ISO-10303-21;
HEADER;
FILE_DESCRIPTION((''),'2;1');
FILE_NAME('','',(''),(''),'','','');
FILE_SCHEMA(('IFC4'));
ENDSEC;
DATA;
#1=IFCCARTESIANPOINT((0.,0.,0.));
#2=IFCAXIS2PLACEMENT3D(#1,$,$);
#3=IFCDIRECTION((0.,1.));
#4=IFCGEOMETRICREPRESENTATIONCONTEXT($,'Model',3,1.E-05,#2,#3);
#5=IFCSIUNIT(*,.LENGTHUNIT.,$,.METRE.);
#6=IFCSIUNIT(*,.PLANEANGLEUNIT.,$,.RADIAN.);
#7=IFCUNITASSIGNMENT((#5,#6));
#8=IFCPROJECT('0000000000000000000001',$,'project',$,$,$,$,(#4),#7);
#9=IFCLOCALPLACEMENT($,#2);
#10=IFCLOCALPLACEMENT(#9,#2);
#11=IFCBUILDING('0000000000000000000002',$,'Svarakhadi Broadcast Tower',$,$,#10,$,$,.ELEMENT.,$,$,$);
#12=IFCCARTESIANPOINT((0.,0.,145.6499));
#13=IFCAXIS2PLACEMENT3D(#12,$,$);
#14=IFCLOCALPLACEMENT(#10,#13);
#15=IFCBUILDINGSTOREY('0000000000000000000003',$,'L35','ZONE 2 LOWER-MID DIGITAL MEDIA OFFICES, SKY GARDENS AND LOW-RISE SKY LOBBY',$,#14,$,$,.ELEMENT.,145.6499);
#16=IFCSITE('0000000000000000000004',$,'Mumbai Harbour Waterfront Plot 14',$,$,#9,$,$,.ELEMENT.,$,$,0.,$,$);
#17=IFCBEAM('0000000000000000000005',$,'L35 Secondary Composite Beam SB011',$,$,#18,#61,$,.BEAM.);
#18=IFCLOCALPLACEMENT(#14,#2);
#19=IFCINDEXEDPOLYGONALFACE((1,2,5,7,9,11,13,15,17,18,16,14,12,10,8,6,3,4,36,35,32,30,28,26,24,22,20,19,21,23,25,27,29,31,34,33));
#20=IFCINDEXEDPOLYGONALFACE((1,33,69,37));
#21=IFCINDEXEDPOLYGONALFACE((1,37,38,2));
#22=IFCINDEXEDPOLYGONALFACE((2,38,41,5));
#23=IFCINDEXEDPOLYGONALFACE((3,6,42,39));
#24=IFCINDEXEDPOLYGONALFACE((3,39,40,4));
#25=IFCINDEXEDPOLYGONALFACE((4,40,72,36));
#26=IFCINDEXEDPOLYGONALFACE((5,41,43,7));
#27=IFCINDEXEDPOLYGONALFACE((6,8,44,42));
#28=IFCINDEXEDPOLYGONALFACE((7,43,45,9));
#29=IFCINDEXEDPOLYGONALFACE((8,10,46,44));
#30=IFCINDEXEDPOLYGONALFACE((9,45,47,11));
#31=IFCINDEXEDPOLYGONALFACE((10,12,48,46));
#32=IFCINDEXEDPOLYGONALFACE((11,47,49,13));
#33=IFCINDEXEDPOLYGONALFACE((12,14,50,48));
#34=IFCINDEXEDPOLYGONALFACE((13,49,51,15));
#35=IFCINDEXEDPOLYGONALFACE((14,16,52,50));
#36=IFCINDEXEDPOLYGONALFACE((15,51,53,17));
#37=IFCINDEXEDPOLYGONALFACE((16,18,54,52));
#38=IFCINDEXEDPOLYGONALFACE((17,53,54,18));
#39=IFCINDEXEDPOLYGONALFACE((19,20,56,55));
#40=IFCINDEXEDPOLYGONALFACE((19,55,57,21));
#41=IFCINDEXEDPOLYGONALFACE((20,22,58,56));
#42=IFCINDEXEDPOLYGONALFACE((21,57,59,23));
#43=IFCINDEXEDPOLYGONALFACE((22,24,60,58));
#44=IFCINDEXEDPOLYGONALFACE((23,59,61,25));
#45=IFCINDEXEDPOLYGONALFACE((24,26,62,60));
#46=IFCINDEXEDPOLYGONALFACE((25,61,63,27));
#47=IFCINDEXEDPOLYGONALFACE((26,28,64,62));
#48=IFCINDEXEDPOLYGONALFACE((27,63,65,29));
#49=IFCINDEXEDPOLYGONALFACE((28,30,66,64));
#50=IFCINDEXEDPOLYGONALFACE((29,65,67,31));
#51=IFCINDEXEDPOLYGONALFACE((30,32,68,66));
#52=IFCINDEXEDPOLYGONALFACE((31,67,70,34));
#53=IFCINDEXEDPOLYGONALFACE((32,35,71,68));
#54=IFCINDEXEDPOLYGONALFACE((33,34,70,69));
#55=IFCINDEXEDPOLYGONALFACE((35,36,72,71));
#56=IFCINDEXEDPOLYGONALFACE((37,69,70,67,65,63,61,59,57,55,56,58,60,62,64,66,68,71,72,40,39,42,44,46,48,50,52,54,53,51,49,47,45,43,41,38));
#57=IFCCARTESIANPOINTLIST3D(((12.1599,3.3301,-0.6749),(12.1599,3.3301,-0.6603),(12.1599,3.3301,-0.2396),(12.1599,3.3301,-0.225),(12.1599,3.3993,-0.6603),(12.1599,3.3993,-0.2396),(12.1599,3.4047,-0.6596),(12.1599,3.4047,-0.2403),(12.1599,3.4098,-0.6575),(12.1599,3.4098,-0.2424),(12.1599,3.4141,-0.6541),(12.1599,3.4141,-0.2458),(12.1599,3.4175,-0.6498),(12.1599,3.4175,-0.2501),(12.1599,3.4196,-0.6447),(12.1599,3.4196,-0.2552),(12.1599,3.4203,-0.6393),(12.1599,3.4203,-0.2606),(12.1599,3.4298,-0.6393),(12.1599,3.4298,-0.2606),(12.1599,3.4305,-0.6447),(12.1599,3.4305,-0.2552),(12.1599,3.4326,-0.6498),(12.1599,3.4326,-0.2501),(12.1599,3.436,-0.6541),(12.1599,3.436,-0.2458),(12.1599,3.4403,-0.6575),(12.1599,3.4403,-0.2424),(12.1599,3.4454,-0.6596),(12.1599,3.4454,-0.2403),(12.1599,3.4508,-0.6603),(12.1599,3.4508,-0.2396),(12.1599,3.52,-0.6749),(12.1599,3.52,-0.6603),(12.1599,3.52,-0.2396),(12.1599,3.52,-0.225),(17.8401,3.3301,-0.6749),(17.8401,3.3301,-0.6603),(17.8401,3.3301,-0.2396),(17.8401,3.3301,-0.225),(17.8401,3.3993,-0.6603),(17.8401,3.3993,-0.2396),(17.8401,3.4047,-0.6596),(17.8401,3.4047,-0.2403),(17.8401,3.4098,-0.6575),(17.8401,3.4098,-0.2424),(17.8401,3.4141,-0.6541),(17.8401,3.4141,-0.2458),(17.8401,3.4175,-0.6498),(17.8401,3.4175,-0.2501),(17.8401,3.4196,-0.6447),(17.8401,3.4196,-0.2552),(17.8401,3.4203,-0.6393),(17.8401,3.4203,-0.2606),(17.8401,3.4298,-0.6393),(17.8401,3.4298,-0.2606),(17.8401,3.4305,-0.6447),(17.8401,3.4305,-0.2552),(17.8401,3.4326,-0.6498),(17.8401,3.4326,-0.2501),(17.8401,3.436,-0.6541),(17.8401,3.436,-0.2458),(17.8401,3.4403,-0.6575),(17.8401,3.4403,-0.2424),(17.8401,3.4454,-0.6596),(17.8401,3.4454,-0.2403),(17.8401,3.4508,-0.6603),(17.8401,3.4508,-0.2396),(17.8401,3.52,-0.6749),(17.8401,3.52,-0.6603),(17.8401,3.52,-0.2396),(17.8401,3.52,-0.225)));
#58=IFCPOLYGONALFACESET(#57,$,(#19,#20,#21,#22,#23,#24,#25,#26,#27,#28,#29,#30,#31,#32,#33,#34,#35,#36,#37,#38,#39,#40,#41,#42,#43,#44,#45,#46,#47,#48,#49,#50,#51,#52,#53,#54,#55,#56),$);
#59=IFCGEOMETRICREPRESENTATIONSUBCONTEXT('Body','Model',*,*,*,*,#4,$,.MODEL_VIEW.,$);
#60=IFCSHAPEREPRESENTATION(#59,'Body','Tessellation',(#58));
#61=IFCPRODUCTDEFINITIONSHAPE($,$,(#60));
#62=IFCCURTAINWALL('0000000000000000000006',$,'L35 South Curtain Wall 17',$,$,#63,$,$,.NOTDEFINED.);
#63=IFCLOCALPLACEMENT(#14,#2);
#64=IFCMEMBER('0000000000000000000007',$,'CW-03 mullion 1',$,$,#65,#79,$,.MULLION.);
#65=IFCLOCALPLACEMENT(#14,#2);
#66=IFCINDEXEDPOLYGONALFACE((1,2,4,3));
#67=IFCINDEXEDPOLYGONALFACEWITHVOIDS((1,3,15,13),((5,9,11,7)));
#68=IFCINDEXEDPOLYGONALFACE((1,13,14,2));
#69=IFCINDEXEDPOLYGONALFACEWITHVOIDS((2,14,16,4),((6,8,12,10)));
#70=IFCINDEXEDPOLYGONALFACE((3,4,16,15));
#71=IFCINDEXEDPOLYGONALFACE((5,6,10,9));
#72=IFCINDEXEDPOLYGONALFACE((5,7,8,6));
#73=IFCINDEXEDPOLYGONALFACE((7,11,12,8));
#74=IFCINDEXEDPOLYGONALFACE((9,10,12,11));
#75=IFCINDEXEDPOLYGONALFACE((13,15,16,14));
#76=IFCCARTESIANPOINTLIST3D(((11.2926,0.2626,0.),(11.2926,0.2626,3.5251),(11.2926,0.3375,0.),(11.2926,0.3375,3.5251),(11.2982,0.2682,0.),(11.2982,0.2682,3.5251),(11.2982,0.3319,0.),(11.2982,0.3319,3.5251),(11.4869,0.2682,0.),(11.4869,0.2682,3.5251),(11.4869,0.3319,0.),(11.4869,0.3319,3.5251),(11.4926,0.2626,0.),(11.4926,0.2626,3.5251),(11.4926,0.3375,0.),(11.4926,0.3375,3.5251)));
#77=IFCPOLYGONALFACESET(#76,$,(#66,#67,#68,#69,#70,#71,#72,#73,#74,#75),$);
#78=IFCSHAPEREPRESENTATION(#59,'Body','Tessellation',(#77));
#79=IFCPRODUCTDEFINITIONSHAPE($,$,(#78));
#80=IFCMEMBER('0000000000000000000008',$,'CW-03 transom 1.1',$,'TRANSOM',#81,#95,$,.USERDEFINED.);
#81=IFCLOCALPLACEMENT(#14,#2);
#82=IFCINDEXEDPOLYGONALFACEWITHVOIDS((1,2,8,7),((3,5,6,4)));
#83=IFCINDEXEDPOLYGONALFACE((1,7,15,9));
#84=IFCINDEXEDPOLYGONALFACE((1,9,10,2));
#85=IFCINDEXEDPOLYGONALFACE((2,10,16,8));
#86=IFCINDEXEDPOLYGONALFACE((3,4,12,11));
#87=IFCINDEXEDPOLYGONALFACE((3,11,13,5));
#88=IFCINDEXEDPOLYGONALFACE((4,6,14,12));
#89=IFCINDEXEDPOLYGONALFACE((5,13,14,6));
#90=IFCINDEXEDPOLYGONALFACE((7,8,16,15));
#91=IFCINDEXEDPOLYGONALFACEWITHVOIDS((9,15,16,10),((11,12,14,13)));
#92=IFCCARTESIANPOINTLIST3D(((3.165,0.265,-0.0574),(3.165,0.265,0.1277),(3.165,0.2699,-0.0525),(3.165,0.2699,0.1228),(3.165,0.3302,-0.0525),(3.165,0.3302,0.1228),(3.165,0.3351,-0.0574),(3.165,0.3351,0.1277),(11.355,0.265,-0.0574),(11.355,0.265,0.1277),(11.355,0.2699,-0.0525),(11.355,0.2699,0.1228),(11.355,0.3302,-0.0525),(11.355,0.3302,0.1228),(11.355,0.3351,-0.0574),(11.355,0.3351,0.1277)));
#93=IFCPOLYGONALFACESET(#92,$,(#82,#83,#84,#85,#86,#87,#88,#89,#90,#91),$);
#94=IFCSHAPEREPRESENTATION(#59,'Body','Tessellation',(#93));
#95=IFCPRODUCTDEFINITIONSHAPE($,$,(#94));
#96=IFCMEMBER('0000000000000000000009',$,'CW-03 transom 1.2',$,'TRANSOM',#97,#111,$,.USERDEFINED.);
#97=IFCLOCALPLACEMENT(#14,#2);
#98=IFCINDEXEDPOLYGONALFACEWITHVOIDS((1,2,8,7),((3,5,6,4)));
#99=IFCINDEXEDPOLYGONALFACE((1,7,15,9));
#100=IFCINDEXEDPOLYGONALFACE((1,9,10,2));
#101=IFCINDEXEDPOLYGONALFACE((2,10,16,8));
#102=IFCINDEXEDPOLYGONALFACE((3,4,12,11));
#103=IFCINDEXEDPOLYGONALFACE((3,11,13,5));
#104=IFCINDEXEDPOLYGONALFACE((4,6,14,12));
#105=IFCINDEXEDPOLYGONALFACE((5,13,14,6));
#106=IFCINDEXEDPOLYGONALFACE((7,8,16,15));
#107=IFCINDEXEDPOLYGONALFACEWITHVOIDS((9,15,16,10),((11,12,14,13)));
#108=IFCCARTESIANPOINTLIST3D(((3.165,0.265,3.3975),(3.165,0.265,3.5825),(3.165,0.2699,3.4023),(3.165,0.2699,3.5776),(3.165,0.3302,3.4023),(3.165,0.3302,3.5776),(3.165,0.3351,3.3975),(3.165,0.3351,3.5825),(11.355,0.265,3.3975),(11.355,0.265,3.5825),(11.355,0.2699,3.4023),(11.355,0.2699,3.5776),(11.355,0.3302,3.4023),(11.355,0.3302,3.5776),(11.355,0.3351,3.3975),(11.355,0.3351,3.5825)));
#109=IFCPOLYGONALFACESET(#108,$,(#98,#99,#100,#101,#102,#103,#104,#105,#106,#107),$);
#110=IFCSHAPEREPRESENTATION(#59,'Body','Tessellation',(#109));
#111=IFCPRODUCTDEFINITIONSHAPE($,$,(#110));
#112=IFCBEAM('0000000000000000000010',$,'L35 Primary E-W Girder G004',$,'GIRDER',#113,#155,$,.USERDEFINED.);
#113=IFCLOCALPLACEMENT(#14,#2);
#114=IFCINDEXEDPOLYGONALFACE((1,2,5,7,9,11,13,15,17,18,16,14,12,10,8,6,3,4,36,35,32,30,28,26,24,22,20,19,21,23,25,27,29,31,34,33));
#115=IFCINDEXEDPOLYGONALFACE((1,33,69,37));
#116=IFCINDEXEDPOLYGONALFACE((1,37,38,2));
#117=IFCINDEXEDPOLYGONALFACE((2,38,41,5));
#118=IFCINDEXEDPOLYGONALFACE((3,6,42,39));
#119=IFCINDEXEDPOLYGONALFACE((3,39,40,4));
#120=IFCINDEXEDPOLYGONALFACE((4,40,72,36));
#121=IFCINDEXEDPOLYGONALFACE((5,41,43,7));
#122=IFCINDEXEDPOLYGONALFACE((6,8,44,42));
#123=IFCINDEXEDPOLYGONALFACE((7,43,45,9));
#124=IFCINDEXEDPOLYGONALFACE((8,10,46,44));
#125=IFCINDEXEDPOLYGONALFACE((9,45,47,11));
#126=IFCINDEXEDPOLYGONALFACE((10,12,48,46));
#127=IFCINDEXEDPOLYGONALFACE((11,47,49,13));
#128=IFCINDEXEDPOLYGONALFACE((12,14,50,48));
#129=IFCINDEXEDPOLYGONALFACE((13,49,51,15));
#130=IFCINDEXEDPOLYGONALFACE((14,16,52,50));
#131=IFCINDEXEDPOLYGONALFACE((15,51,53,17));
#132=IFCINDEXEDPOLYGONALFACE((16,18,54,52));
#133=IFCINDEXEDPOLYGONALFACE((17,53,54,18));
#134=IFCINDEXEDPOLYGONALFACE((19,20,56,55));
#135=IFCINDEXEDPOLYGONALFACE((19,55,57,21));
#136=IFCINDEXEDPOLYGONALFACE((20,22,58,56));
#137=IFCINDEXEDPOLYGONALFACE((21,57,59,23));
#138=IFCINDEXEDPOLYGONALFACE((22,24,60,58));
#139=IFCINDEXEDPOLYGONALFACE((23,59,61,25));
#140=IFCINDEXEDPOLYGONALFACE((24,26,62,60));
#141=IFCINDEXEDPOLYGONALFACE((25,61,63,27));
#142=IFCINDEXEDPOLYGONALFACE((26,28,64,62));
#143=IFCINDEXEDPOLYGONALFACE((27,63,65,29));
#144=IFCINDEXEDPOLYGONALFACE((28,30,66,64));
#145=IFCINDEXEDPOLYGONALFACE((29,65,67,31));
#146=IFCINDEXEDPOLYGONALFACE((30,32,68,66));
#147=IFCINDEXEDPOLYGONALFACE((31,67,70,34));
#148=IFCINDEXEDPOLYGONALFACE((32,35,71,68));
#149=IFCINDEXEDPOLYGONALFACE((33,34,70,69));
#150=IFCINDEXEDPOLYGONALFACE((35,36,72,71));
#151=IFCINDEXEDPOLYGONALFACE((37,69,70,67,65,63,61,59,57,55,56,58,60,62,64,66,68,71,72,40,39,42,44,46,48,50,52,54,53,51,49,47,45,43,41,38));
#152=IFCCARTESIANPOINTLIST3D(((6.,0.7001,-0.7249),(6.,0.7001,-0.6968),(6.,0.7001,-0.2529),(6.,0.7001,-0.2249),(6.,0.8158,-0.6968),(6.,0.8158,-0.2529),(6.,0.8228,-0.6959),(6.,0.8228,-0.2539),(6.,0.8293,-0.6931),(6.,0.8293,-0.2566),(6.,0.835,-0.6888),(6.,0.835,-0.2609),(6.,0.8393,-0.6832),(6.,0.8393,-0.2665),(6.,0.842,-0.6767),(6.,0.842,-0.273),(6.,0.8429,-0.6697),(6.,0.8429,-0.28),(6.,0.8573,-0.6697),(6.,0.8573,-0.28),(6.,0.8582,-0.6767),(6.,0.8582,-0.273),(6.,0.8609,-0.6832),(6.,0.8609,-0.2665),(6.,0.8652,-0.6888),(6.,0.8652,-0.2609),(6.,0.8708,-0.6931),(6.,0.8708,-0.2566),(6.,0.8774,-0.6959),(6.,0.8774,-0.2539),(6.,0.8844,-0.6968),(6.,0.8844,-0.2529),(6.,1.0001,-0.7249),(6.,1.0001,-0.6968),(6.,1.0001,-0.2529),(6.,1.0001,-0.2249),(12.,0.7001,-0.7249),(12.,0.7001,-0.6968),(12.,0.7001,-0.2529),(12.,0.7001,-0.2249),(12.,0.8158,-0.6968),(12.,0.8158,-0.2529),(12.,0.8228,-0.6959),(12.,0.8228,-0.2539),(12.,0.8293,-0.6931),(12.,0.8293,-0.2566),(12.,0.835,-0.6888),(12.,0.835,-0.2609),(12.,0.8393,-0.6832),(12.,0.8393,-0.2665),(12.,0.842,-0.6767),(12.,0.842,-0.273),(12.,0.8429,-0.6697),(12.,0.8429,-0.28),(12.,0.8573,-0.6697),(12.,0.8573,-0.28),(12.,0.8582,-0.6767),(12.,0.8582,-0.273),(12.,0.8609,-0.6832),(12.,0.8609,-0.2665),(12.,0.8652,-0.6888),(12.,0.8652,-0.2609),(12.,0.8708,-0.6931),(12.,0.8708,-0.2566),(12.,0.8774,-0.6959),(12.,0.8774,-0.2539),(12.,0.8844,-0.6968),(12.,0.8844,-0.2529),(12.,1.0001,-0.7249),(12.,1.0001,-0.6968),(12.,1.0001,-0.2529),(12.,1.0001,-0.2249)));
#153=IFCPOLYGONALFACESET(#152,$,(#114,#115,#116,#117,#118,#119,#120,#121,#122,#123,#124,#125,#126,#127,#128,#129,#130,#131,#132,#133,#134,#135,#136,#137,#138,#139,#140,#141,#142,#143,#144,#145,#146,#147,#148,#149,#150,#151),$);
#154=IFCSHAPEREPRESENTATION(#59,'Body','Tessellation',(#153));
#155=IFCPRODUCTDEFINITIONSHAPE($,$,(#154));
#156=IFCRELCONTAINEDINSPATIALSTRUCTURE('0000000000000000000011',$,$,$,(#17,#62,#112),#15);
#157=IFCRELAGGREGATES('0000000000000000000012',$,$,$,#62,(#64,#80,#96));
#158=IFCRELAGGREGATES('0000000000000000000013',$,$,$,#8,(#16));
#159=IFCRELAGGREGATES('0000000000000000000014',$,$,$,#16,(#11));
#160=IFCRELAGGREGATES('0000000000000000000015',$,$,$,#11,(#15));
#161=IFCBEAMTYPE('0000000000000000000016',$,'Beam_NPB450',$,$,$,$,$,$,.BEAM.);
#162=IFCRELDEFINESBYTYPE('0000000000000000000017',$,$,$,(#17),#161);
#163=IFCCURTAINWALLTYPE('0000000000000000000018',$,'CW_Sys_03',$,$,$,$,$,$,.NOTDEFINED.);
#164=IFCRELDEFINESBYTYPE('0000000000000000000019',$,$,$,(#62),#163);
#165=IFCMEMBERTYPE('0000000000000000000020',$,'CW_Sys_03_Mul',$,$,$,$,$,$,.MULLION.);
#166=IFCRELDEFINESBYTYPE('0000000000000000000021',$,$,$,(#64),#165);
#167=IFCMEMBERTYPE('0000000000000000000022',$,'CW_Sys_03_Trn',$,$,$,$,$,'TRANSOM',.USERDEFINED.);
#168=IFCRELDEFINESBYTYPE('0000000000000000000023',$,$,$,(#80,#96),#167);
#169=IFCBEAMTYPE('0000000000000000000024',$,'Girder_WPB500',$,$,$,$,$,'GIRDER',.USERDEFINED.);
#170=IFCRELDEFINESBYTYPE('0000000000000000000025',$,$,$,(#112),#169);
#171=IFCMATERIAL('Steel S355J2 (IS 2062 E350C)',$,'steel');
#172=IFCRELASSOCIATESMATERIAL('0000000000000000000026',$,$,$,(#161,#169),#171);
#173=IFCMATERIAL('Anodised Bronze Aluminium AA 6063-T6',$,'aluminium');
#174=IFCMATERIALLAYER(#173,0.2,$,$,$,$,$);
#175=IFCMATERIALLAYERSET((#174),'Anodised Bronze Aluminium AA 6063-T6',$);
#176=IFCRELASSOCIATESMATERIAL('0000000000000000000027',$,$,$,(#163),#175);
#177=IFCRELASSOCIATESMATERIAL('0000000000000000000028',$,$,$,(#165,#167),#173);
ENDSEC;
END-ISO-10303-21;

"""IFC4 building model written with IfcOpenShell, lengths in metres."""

from ifc_helpers import new_model, si_unit, direction, frame, origin, origin_2d, place, context, subcontext, project, spatial, hollow_rectangle, i_section, extrude, material, layer, layer_set, material_profile, profile_set, type_object, element, aggregate, save


model = new_model("IFC4")

# Units and contexts
model_context = context("Model", 3, precision=1e-05, world=origin(), true_north=direction((0.0, 1.0)))
body_context = subcontext(model_context, "Body", "Model", "MODEL_VIEW")
ifc_project = project(units=[si_unit("LENGTHUNIT", "METRE"), si_unit("PLANEANGLEUNIT", "RADIAN")], contexts=[model_context])

# Site, building, storey
site_placement = place(None, origin())
site = spatial("IfcSite", under=ifc_project, at=site_placement, Name="Mumbai Harbour Waterfront Plot 14", CompositionType="ELEMENT", RefElevation=0.0)
building_placement = place(site_placement, origin())
building = spatial("IfcBuilding", under=site, at=building_placement, Name="Svarakhadi Broadcast Tower", CompositionType="ELEMENT")
storey_placement = place(building_placement, frame((0.0, 0.0, 145.6499)))
storey = spatial("IfcBuildingStorey", under=building, at=storey_placement, Name="L35", Description="ZONE 2 LOWER-MID DIGITAL MEDIA OFFICES, SKY GARDENS AND LOW-RISE SKY LOBBY", CompositionType="ELEMENT", Elevation=145.6499)

# Beam
ifc_material_1 = material(Name="Steel S355J2 (IS 2062 E350C)", Category="steel")
ifc_material_profile_1 = material_profile(ifc_material_1, i_section(OverallWidth=0.1899, OverallDepth=0.45, WebThickness=0.0095, FlangeThickness=0.0146, FilletRadius=0.021, at=origin_2d()), Name="NPB 450x190x78")
ifc_profile_set_1 = profile_set([ifc_material_profile_1], Name="Steel S355J2 (IS 2062 E350C)")
beam_type_1 = type_object("IfcBeamType", Name="Beam_NPB450", PredefinedType="BEAM", material=ifc_profile_set_1)
for number, where, z_axis, x_axis, name in (
    (1, (12.1599, 3.425, -0.45), (1.0, 0.0, 0.0), (0.0, 1.0, 0.0), "L35 Secondary Composite Beam SB011"),
):
    element("IfcBeam", number, at=place(storey_placement, frame(where, z_axis=z_axis, x_axis=x_axis)), inside=storey, type_object=beam_type_1, Name=name, PredefinedType="BEAM", context=body_context, shape_type="SweptSolid", body=[
        extrude(i_section(OverallWidth=0.1899, OverallDepth=0.45, WebThickness=0.0095, FlangeThickness=0.0146, FilletRadius=0.021, at=origin_2d()), origin(), (0.0, 0.0, 1.0), 5.6802),
    ])

# Curtain wall, members
ifc_material_2 = material(Name="Anodised Bronze Aluminium AA 6063-T6", Category="aluminium")
ifc_layer_1 = layer(ifc_material_2, 0.2)
ifc_layer_set_1 = layer_set([ifc_layer_1], Name="Anodised Bronze Aluminium AA 6063-T6")
curtain_wall_type = type_object("IfcCurtainWallType", Name="CW_Sys_03", PredefinedType="NOTDEFINED", material=ifc_layer_set_1)
curtain_wall_placement = place(storey_placement, origin())
curtain_wall = element("IfcCurtainWall", 2, at=curtain_wall_placement, inside=storey, type_object=curtain_wall_type, Name="L35 South Curtain Wall 17", PredefinedType="NOTDEFINED")
ifc_material_profile_2 = material_profile(ifc_material_2, hollow_rectangle(XDim=0.075, YDim=0.2, WallThickness=0.0056, at=origin_2d()), Name="ALU MULLION 200x75x6")
ifc_profile_set_2 = profile_set([ifc_material_profile_2], Name="Anodised Bronze Aluminium AA 6063-T6")
member_type_1 = type_object("IfcMemberType", Name="CW_Sys_03_Mul", PredefinedType="MULLION", material=ifc_profile_set_2)
member_1_placement = place(storey_placement, frame((11.3926, 0.3, 0.0), z_axis=(0.0, 0.0, 1.0), x_axis=(0.0, -1.0, 0.0)))
member_1 = element("IfcMember", 3, at=member_1_placement, type_object=member_type_1, Name="CW-03 mullion 1", PredefinedType="MULLION", context=body_context, shape_type="SweptSolid", body=[
    extrude(hollow_rectangle(XDim=0.075, YDim=0.2, WallThickness=0.0056, at=origin_2d()), origin(), (0.0, 0.0, 1.0), 3.5251),
])
ifc_material_profile_3 = material_profile(ifc_material_2, hollow_rectangle(XDim=0.0701, YDim=0.1851, WallThickness=0.0049, at=origin_2d()), Name="ALU TRANSOM 185x70x5")
ifc_profile_set_3 = profile_set([ifc_material_profile_3], Name="Anodised Bronze Aluminium AA 6063-T6")
member_type_2 = type_object("IfcMemberType", Name="CW_Sys_03_Trn", ElementType="TRANSOM", PredefinedType="USERDEFINED", material=ifc_profile_set_3)
member_2_placement = place(storey_placement, frame((11.355, 0.3, 0.0352), z_axis=(-1.0, 0.0, 0.0), x_axis=(0.0, -1.0, 0.0)))
member_2 = element("IfcMember", 4, at=member_2_placement, type_object=member_type_2, Name="CW-03 transom 1.1", ObjectType="TRANSOM", PredefinedType="USERDEFINED", context=body_context, shape_type="SweptSolid", body=[
    extrude(hollow_rectangle(XDim=0.0701, YDim=0.1851, WallThickness=0.0049, at=origin_2d()), origin(), (0.0, 0.0, 1.0), 8.1899),
])
member_3_placement = place(storey_placement, frame((11.355, 0.3, 3.49), z_axis=(-1.0, 0.0, 0.0), x_axis=(0.0, -1.0, 0.0)))
member_3 = element("IfcMember", 5, at=member_3_placement, type_object=member_type_2, Name="CW-03 transom 1.2", ObjectType="TRANSOM", PredefinedType="USERDEFINED", context=body_context, shape_type="SweptSolid", body=[
    extrude(hollow_rectangle(XDim=0.0701, YDim=0.1851, WallThickness=0.0049, at=origin_2d()), origin(), (0.0, 0.0, 1.0), 8.1899),
])

# Beam
ifc_material_profile_4 = material_profile(ifc_material_1, i_section(OverallWidth=0.3, OverallDepth=0.5, WebThickness=0.0144, FlangeThickness=0.0281, FilletRadius=0.0271, at=origin_2d()), Name="WPB 500x300x187")
ifc_profile_set_4 = profile_set([ifc_material_profile_4], Name="Steel S355J2 (IS 2062 E350C)")
beam_type_2 = type_object("IfcBeamType", Name="Girder_WPB500", ElementType="GIRDER", PredefinedType="USERDEFINED", material=ifc_profile_set_4)
for number, where, z_axis, x_axis, name in (
    (6, (6.0, 0.8501, -0.4749), (1.0, 0.0, 0.0), (0.0, 1.0, 0.0), "L35 Primary E-W Girder G004"),
):
    element("IfcBeam", number, at=place(storey_placement, frame(where, z_axis=z_axis, x_axis=x_axis)), inside=storey, type_object=beam_type_2, Name=name, ObjectType="GIRDER", PredefinedType="USERDEFINED", context=body_context, shape_type="SweptSolid", body=[
        extrude(i_section(OverallWidth=0.3, OverallDepth=0.5, WebThickness=0.0144, FlangeThickness=0.0281, FilletRadius=0.0271, at=origin_2d()), origin(), (0.0, 0.0, 1.0), 6.0),
    ])

aggregate(curtain_wall, [member_1, member_2, member_3])

save(model, "model.ifc")
